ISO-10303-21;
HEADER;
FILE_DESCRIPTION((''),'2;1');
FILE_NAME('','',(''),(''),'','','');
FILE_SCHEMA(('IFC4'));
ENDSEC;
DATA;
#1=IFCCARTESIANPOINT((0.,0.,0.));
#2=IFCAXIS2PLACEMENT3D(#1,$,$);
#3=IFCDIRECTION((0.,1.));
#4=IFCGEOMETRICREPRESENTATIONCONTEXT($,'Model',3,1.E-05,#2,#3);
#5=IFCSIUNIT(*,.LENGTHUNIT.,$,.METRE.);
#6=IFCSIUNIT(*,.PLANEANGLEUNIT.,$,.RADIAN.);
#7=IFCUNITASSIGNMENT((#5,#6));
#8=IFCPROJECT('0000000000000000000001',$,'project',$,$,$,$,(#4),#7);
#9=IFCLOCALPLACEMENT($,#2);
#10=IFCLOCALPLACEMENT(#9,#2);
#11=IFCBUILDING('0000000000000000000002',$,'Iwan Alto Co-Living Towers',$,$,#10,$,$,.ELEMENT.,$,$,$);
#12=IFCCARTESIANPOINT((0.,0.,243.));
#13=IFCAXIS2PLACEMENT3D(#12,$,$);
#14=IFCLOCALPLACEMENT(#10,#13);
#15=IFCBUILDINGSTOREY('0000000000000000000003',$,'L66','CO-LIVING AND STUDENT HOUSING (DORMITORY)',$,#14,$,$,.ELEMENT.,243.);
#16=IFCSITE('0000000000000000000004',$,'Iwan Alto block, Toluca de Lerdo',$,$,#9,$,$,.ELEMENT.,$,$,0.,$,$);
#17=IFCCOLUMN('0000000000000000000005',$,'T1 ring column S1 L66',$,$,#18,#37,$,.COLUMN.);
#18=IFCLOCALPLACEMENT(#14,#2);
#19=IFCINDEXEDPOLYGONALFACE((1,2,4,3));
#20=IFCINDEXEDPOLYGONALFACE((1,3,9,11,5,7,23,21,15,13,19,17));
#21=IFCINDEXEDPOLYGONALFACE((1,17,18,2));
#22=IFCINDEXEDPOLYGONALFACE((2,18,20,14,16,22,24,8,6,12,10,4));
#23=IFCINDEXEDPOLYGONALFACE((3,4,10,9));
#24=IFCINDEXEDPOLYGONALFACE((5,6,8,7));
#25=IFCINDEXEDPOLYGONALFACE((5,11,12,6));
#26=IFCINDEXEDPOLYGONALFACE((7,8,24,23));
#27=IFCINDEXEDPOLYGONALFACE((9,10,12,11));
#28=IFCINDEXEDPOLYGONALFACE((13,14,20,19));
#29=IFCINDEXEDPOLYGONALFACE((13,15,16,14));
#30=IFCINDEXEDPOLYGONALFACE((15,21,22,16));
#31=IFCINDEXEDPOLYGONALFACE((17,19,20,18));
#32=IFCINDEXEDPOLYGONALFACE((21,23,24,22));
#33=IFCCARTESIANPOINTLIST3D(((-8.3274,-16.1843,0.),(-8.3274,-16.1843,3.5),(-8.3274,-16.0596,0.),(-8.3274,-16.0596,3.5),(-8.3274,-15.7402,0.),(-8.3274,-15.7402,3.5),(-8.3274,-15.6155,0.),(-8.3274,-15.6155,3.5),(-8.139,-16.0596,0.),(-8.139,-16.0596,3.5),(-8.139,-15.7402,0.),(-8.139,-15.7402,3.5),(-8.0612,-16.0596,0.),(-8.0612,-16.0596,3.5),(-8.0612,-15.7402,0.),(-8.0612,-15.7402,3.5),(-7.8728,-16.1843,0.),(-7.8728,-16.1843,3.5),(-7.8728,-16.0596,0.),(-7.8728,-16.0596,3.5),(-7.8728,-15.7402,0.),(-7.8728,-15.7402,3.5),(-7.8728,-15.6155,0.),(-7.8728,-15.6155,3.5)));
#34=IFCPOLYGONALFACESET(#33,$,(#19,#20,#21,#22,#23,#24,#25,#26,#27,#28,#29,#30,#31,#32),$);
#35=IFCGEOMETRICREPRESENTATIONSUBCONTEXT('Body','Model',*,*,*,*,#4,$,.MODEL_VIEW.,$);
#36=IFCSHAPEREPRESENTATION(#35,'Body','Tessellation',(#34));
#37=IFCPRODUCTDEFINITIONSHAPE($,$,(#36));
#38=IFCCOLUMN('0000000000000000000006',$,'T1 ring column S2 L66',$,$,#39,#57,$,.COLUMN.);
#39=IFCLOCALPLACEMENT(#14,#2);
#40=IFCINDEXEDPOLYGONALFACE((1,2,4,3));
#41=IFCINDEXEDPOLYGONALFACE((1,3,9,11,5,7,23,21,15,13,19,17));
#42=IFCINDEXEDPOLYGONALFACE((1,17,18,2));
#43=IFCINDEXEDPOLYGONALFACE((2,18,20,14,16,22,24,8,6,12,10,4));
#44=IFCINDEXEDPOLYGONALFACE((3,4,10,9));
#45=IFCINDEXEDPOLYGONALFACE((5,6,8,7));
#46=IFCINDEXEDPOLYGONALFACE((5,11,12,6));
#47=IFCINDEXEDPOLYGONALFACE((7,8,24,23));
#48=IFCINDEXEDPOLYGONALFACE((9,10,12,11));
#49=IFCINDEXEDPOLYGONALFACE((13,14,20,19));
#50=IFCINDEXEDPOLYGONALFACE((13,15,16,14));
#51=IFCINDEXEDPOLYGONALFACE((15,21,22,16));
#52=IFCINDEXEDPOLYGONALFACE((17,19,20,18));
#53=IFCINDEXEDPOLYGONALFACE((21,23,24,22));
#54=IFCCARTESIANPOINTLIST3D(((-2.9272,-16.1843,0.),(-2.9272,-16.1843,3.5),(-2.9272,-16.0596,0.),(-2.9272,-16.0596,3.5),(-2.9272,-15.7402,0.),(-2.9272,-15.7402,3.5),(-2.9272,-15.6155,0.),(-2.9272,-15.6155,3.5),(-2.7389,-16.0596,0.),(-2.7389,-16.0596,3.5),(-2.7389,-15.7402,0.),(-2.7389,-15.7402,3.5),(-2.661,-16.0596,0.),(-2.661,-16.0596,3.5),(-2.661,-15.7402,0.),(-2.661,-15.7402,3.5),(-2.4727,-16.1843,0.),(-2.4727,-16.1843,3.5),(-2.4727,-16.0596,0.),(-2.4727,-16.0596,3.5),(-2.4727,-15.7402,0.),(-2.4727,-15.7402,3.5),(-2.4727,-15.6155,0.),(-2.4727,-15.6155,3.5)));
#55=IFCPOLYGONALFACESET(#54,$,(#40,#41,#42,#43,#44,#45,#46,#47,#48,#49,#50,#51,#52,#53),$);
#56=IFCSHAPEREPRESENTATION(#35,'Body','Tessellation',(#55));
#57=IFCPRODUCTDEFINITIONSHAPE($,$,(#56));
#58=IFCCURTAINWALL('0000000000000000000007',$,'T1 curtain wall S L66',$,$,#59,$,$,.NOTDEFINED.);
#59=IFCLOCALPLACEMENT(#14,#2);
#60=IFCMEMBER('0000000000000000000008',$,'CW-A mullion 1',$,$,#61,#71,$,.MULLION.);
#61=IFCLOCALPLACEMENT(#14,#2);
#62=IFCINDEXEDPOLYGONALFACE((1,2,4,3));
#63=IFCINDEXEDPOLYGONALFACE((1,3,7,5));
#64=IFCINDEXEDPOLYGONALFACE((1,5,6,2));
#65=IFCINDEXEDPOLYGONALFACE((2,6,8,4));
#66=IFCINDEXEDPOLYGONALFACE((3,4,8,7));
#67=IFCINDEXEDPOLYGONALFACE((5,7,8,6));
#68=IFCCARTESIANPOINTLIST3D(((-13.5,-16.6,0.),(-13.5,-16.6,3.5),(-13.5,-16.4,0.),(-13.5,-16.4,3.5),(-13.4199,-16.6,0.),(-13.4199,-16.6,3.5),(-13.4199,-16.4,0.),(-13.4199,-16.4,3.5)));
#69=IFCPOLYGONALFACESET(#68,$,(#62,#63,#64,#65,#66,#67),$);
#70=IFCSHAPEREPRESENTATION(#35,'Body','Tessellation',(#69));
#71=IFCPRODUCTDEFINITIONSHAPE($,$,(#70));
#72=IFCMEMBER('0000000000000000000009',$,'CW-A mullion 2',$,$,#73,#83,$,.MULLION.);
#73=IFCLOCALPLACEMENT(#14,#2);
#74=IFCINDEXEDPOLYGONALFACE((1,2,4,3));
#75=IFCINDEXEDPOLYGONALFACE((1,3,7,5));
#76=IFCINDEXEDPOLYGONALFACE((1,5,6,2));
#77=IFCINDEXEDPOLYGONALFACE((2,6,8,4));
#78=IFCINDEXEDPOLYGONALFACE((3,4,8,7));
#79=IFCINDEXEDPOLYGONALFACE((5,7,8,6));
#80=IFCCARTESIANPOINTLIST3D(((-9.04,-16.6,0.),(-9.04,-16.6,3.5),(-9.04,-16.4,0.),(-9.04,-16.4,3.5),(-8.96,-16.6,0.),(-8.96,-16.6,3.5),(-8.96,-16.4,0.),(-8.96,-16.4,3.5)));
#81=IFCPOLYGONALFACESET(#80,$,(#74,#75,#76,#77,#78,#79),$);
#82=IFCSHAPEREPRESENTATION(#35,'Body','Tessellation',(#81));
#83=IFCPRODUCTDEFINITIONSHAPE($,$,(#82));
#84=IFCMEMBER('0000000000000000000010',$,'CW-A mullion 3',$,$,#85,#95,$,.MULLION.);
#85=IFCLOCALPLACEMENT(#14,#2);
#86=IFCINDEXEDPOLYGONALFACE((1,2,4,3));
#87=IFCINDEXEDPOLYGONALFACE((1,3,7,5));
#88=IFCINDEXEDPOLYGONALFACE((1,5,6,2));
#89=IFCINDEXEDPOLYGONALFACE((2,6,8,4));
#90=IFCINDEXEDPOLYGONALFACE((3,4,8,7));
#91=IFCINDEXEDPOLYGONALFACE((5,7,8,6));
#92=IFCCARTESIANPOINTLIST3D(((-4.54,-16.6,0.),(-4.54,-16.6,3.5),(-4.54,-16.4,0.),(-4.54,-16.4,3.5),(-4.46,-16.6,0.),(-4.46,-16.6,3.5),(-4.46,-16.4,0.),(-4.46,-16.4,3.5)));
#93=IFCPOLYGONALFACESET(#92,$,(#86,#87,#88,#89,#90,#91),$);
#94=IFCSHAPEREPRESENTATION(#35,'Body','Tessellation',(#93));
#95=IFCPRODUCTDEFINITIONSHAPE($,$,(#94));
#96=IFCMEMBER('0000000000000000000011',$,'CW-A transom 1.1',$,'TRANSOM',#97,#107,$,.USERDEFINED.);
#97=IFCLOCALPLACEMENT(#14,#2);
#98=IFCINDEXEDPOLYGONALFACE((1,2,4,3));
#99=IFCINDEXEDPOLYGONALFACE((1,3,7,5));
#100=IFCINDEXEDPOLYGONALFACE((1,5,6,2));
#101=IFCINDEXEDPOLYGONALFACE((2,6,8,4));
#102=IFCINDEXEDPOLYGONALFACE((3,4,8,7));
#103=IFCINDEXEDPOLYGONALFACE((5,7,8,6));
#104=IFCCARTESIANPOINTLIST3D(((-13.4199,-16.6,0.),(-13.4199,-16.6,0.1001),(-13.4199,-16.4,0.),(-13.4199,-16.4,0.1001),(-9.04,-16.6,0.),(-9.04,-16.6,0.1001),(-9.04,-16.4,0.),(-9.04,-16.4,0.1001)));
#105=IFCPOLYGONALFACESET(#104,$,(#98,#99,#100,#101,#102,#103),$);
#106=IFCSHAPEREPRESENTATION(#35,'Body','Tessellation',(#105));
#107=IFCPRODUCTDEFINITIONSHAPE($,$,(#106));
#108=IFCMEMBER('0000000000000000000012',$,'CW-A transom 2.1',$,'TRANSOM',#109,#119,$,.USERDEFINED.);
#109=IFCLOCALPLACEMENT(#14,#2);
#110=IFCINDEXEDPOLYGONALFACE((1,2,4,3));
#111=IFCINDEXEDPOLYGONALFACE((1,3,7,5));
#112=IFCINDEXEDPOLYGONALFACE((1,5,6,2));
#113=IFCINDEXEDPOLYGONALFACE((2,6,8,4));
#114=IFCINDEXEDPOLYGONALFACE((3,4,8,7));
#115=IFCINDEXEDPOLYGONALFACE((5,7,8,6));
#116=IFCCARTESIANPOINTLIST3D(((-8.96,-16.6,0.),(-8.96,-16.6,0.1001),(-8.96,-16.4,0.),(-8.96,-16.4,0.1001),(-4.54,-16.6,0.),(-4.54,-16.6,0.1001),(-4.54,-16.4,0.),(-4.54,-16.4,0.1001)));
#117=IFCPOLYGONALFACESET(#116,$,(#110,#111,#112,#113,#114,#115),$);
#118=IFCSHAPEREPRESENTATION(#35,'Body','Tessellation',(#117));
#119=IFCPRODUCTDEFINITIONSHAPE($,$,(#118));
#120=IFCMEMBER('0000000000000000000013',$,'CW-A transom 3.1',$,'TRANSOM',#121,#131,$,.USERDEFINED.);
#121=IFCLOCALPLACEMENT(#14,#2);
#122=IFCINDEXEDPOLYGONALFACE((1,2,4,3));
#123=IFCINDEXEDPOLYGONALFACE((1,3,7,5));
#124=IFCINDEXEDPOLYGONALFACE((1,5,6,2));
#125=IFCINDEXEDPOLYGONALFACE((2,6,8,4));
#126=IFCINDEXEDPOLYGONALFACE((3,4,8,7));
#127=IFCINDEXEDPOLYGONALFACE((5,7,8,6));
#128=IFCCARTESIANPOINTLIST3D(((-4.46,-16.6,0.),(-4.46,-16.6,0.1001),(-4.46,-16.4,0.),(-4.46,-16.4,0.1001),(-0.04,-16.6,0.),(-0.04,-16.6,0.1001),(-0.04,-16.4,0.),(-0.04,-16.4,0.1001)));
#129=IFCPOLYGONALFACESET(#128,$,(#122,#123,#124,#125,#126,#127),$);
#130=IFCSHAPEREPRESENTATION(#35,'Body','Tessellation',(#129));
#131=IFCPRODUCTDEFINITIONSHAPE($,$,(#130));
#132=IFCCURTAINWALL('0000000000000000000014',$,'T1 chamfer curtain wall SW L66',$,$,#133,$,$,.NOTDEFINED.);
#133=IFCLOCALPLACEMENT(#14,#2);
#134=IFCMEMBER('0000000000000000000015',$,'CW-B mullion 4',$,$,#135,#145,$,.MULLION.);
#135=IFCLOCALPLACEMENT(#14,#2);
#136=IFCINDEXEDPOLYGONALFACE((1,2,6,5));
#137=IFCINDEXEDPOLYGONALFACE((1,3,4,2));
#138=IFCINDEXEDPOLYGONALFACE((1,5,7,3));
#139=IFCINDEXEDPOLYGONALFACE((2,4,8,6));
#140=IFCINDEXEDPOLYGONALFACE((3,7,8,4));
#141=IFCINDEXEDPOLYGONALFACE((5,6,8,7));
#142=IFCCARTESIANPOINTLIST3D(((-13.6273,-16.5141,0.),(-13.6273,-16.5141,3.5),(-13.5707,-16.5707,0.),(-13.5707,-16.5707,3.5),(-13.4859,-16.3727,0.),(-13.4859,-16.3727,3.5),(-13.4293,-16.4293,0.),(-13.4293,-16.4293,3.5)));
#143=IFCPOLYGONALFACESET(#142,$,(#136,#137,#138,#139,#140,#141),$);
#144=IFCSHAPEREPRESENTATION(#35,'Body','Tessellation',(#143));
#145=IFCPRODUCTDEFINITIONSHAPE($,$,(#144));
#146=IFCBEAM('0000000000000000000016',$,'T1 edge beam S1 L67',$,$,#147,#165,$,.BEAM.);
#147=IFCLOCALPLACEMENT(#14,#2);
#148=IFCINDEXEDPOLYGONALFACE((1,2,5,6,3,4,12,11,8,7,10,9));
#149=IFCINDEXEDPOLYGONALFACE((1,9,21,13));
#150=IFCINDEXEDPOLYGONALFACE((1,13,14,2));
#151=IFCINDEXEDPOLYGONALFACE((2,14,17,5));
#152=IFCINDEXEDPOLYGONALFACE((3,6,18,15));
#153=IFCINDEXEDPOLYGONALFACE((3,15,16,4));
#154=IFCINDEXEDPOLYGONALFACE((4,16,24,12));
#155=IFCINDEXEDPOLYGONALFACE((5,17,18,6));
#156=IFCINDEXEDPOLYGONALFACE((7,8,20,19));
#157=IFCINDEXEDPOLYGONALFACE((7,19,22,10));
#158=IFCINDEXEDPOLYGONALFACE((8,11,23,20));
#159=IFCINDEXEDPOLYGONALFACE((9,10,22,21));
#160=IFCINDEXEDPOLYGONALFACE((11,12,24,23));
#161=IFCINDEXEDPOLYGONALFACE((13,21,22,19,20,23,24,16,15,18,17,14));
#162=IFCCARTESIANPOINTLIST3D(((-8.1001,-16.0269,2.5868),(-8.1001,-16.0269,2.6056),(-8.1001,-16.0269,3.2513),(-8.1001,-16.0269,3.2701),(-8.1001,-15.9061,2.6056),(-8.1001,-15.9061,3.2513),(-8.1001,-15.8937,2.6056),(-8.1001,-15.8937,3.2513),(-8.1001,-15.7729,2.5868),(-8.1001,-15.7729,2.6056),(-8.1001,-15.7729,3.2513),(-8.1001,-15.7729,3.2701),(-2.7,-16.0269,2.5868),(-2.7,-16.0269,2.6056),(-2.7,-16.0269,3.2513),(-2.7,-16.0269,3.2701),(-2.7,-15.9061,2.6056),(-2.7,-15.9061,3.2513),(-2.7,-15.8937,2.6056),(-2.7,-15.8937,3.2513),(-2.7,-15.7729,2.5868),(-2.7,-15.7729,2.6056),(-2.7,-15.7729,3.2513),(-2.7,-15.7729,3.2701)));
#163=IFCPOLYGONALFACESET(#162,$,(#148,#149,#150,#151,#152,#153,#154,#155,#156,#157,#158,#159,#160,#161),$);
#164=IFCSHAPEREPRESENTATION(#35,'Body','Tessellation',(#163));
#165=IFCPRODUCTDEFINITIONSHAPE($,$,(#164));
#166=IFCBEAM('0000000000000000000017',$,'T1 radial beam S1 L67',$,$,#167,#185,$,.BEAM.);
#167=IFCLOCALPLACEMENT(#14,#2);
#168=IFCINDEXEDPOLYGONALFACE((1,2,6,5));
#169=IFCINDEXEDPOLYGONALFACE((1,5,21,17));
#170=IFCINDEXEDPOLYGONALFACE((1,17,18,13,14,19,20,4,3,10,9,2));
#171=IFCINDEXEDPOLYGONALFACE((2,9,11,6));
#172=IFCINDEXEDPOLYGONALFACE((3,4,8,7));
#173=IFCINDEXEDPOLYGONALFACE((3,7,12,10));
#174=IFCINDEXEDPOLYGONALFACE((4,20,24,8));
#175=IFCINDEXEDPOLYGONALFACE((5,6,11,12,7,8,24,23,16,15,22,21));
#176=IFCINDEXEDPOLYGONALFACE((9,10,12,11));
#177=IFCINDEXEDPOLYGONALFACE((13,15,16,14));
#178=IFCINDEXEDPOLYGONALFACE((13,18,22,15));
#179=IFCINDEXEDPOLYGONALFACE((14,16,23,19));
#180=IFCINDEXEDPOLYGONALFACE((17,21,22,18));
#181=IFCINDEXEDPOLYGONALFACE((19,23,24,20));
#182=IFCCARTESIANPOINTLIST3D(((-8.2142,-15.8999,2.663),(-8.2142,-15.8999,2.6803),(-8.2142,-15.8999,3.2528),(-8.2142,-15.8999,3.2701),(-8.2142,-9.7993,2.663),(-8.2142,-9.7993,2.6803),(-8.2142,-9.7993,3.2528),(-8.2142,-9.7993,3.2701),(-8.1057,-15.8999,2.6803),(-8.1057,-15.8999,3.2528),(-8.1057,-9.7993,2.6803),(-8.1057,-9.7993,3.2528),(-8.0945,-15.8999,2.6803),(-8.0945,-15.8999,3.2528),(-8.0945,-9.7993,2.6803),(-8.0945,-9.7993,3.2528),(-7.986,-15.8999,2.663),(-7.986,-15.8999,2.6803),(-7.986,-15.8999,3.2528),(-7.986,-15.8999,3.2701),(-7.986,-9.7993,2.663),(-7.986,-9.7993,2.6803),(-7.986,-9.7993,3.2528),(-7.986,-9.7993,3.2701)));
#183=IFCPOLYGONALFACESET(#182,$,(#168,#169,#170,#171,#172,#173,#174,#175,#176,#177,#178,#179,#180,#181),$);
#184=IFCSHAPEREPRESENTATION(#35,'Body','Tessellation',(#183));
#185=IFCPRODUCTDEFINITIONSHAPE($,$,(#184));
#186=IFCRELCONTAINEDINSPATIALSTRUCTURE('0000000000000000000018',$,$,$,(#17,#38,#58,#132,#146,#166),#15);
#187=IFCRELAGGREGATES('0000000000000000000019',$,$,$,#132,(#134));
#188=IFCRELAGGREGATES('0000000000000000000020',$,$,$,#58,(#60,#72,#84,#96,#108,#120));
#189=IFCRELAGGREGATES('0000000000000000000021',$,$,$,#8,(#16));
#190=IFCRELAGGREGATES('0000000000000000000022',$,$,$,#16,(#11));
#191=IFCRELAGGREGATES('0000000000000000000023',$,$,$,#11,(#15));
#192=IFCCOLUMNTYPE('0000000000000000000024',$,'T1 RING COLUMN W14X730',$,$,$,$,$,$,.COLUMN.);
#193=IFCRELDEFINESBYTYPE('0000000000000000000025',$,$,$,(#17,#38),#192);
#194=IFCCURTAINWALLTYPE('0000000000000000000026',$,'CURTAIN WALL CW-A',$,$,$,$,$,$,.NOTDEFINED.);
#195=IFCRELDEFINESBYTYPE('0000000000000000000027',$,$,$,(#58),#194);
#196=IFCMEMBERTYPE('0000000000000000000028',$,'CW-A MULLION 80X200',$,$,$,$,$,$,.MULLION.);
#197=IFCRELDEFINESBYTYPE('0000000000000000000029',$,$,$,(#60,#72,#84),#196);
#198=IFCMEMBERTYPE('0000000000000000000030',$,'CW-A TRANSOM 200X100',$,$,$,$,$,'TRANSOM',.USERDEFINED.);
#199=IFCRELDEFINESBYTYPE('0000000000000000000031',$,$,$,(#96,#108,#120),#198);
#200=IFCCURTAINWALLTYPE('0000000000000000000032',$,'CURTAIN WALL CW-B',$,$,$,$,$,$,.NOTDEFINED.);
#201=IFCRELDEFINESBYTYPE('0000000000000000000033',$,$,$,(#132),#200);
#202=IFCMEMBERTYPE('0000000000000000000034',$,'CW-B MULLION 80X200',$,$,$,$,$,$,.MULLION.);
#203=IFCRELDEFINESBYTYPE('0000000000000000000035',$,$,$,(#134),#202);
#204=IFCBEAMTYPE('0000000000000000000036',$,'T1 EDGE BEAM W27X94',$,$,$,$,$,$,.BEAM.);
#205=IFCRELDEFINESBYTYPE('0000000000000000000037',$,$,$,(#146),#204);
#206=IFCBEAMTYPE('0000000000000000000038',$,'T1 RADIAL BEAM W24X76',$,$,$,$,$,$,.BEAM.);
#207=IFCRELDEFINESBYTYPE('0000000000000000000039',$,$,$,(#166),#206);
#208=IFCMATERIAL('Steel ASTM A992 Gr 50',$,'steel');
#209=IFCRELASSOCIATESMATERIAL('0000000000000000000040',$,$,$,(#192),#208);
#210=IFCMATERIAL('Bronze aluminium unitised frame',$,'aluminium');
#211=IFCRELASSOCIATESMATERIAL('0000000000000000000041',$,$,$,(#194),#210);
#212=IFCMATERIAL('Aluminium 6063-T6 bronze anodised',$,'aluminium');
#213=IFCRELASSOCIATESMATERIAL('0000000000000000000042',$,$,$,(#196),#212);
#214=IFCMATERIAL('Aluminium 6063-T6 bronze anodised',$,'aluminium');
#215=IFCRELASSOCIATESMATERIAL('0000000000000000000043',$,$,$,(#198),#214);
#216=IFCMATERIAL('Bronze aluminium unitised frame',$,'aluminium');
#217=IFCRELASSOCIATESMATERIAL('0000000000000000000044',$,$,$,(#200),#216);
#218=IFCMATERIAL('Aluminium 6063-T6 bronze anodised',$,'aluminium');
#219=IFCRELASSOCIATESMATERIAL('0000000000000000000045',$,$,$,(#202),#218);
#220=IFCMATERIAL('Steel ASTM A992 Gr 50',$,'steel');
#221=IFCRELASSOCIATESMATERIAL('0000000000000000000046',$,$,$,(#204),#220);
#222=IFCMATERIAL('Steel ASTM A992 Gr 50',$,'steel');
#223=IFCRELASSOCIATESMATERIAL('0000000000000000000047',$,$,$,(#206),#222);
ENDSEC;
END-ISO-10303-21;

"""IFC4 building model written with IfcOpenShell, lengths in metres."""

from ifc_helpers import new_model, si_unit, direction, frame, origin, origin_2d, place, context, subcontext, project, spatial, rectangle, i_section, extrude, material, material_profile, profile_set, type_object, element, aggregate, save


model = new_model("IFC4")

# Units and contexts
model_context = context("Model", 3, precision=1e-05, world=origin(), true_north=direction((0.0, 1.0)))
body_context = subcontext(model_context, "Body", "Model", "MODEL_VIEW")
ifc_project = project(units=[si_unit("LENGTHUNIT", "METRE"), si_unit("PLANEANGLEUNIT", "RADIAN")], contexts=[model_context])

# Site, building, storey
site_placement = place(None, origin())
site = spatial("IfcSite", under=ifc_project, at=site_placement, Name="Iwan Alto block, Toluca de Lerdo", CompositionType="ELEMENT", RefElevation=0.0)
building_placement = place(site_placement, origin())
building = spatial("IfcBuilding", under=site, at=building_placement, Name="Iwan Alto Co-Living Towers", CompositionType="ELEMENT")
storey_placement = place(building_placement, frame((0.0, 0.0, 243.0)))
storey = spatial("IfcBuildingStorey", under=building, at=storey_placement, Name="L66", Description="CO-LIVING AND STUDENT HOUSING (DORMITORY)", CompositionType="ELEMENT", Elevation=243.0)

# Columns
ifc_material_1 = material(Name="Steel ASTM A992 Gr 50", Category="steel")
ifc_material_profile_1 = material_profile(ifc_material_1, i_section(OverallWidth=0.4546, OverallDepth=0.5688, WebThickness=0.0779, FlangeThickness=0.1248, at=origin_2d()), Name="W14X730")
ifc_profile_set_1 = profile_set([ifc_material_profile_1], Name="Steel ASTM A992 Gr 50")
column_type = type_object("IfcColumnType", Name="T1 RING COLUMN W14X730", PredefinedType="COLUMN", material=ifc_profile_set_1)
for number, where, z_axis, x_axis, name in (
    (1, (-8.1001, -15.8999, 0.0), (0.0, 0.0, 1.0), (1.0, 0.0, 0.0), "T1 ring column S1 L66"),
    (2, (-2.7, -15.8999, 0.0), (0.0, 0.0, 1.0), (1.0, 0.0, 0.0), "T1 ring column S2 L66"),
):
    element("IfcColumn", number, at=place(storey_placement, frame(where, z_axis=z_axis, x_axis=x_axis)), inside=storey, type_object=column_type, Name=name, PredefinedType="COLUMN", context=body_context, shape_type="SweptSolid", body=[
        extrude(i_section(OverallWidth=0.4546, OverallDepth=0.5688, WebThickness=0.0779, FlangeThickness=0.1248, at=origin_2d()), origin(), (0.0, 0.0, 1.0), 3.5),
    ])

# Curtain wall, members
ifc_material_2 = material(Name="Bronze aluminium unitised frame", Category="aluminium")
curtain_wall_type_1 = type_object("IfcCurtainWallType", Name="CURTAIN WALL CW-A", PredefinedType="NOTDEFINED", material=ifc_material_2)
curtain_wall_1_placement = place(storey_placement, origin())
curtain_wall_1 = element("IfcCurtainWall", 3, at=curtain_wall_1_placement, inside=storey, type_object=curtain_wall_type_1, Name="T1 curtain wall S L66", PredefinedType="NOTDEFINED")
ifc_material_3 = material(Name="Aluminium 6063-T6 bronze anodised", Category="aluminium")
ifc_material_profile_2 = material_profile(ifc_material_3, rectangle(XDim=0.2, YDim=0.0801, at=origin_2d()), Name="AL 80X200")
ifc_profile_set_2 = profile_set([ifc_material_profile_2], Name="Aluminium 6063-T6 bronze anodised")
member_type_1 = type_object("IfcMemberType", Name="CW-A MULLION 80X200", PredefinedType="MULLION", material=ifc_profile_set_2)
member_1_placement = place(storey_placement, frame((-13.46, -16.5, 0.0), z_axis=(0.0, 0.0, 1.0), x_axis=(0.0, 1.0, 0.0)))
member_1 = element("IfcMember", 4, at=member_1_placement, type_object=member_type_1, Name="CW-A mullion 1", PredefinedType="MULLION", context=body_context, shape_type="SweptSolid", body=[
    extrude(rectangle(XDim=0.2, YDim=0.0801, at=origin_2d()), origin(), (0.0, 0.0, 1.0), 3.5),
])
member_2_placement = place(storey_placement, frame((-9.0, -16.5, 0.0), z_axis=(0.0, 0.0, 1.0), x_axis=(0.0, 1.0, 0.0)))
member_2 = element("IfcMember", 5, at=member_2_placement, type_object=member_type_1, Name="CW-A mullion 2", PredefinedType="MULLION", context=body_context, shape_type="SweptSolid", body=[
    extrude(rectangle(XDim=0.2, YDim=0.0801, at=origin_2d()), origin(), (0.0, 0.0, 1.0), 3.5),
])
member_3_placement = place(storey_placement, frame((-4.5, -16.5, 0.0), z_axis=(0.0, 0.0, 1.0), x_axis=(0.0, 1.0, 0.0)))
member_3 = element("IfcMember", 6, at=member_3_placement, type_object=member_type_1, Name="CW-A mullion 3", PredefinedType="MULLION", context=body_context, shape_type="SweptSolid", body=[
    extrude(rectangle(XDim=0.2, YDim=0.0801, at=origin_2d()), origin(), (0.0, 0.0, 1.0), 3.5),
])
ifc_material_4 = material(Name="Aluminium 6063-T6 bronze anodised", Category="aluminium")
ifc_material_profile_3 = material_profile(ifc_material_4, rectangle(XDim=0.2, YDim=0.1001, at=origin_2d()), Name="AL 200X100")
ifc_profile_set_3 = profile_set([ifc_material_profile_3], Name="Aluminium 6063-T6 bronze anodised")
member_type_2 = type_object("IfcMemberType", Name="CW-A TRANSOM 200X100", ElementType="TRANSOM", PredefinedType="USERDEFINED", material=ifc_profile_set_3)
member_4_placement = place(storey_placement, frame((-13.4199, -16.5, 0.05), z_axis=(1.0, 0.0, 0.0), x_axis=(0.0, 1.0, 0.0)))
member_4 = element("IfcMember", 7, at=member_4_placement, type_object=member_type_2, Name="CW-A transom 1.1", ObjectType="TRANSOM", PredefinedType="USERDEFINED", context=body_context, shape_type="SweptSolid", body=[
    extrude(rectangle(XDim=0.2, YDim=0.1001, at=origin_2d()), origin(), (0.0, 0.0, 1.0), 4.3799),
])
member_5_placement = place(storey_placement, frame((-8.96, -16.5, 0.05), z_axis=(1.0, 0.0, 0.0), x_axis=(0.0, 1.0, 0.0)))
member_5 = element("IfcMember", 8, at=member_5_placement, type_object=member_type_2, Name="CW-A transom 2.1", ObjectType="TRANSOM", PredefinedType="USERDEFINED", context=body_context, shape_type="SweptSolid", body=[
    extrude(rectangle(XDim=0.2, YDim=0.1001, at=origin_2d()), origin(), (0.0, 0.0, 1.0), 4.4199),
])
member_6_placement = place(storey_placement, frame((-4.46, -16.5, 0.05), z_axis=(1.0, 0.0, 0.0), x_axis=(0.0, 1.0, 0.0)))
member_6 = element("IfcMember", 9, at=member_6_placement, type_object=member_type_2, Name="CW-A transom 3.1", ObjectType="TRANSOM", PredefinedType="USERDEFINED", context=body_context, shape_type="SweptSolid", body=[
    extrude(rectangle(XDim=0.2, YDim=0.1001, at=origin_2d()), origin(), (0.0, 0.0, 1.0), 4.4199),
])

# Curtain wall, member
ifc_material_5 = material(Name="Bronze aluminium unitised frame", Category="aluminium")
curtain_wall_type_2 = type_object("IfcCurtainWallType", Name="CURTAIN WALL CW-B", PredefinedType="NOTDEFINED", material=ifc_material_5)
curtain_wall_2_placement = place(storey_placement, origin())
curtain_wall_2 = element("IfcCurtainWall", 10, at=curtain_wall_2_placement, inside=storey, type_object=curtain_wall_type_2, Name="T1 chamfer curtain wall SW L66", PredefinedType="NOTDEFINED")
ifc_material_6 = material(Name="Aluminium 6063-T6 bronze anodised", Category="aluminium")
ifc_material_profile_4 = material_profile(ifc_material_6, rectangle(XDim=0.2, YDim=0.0801, at=origin_2d()), Name="AL 80X200")
ifc_profile_set_4 = profile_set([ifc_material_profile_4], Name="Aluminium 6063-T6 bronze anodised")
member_type_3 = type_object("IfcMemberType", Name="CW-B MULLION 80X200", PredefinedType="MULLION", material=ifc_profile_set_4)
member_7_placement = place(storey_placement, frame((-13.5283, -16.4717, 0.0), z_axis=(0.0, 0.0, 1.0), x_axis=(0.707107, 0.707107, 0.0)))
member_7 = element("IfcMember", 11, at=member_7_placement, type_object=member_type_3, Name="CW-B mullion 4", PredefinedType="MULLION", context=body_context, shape_type="SweptSolid", body=[
    extrude(rectangle(XDim=0.2, YDim=0.0801, at=origin_2d()), origin(), (0.0, 0.0, 1.0), 3.5),
])
aggregate(curtain_wall_2, [member_7])

# Beams
ifc_material_7 = material(Name="Steel ASTM A992 Gr 50", Category="steel")
ifc_material_profile_5 = material_profile(ifc_material_7, i_section(OverallWidth=0.2539, OverallDepth=0.6833, WebThickness=0.0125, FlangeThickness=0.0188, at=origin_2d()), Name="W27X94")
ifc_profile_set_5 = profile_set([ifc_material_profile_5], Name="Steel ASTM A992 Gr 50")
beam_type_1 = type_object("IfcBeamType", Name="T1 EDGE BEAM W27X94", PredefinedType="BEAM", material=ifc_profile_set_5)
beam_1_placement = place(storey_placement, frame((-8.1001, -15.8999, 2.9285), z_axis=(1.0, 0.0, 0.0), x_axis=(0.0, 1.0, 0.0)))
element("IfcBeam", 12, at=beam_1_placement, inside=storey, type_object=beam_type_1, Name="T1 edge beam S1 L67", PredefinedType="BEAM", context=body_context, shape_type="SweptSolid", body=[
    extrude(i_section(OverallWidth=0.2539, OverallDepth=0.6833, WebThickness=0.0125, FlangeThickness=0.0188, at=origin_2d()), origin(), (0.0, 0.0, 1.0), 5.4001),
])
ifc_material_8 = material(Name="Steel ASTM A992 Gr 50", Category="steel")
ifc_material_profile_6 = material_profile(ifc_material_8, i_section(OverallWidth=0.2283, OverallDepth=0.6072, WebThickness=0.0112, FlangeThickness=0.0173, at=origin_2d()), Name="W24X76")
ifc_profile_set_6 = profile_set([ifc_material_profile_6], Name="Steel ASTM A992 Gr 50")
beam_type_2 = type_object("IfcBeamType", Name="T1 RADIAL BEAM W24X76", PredefinedType="BEAM", material=ifc_profile_set_6)
beam_2_placement = place(storey_placement, frame((-8.1001, -15.8999, 2.9666), z_axis=(0.0, 1.0, 0.0), x_axis=(-1.0, 0.0, 0.0)))
element("IfcBeam", 13, at=beam_2_placement, inside=storey, type_object=beam_type_2, Name="T1 radial beam S1 L67", PredefinedType="BEAM", context=body_context, shape_type="SweptSolid", body=[
    extrude(i_section(OverallWidth=0.2283, OverallDepth=0.6072, WebThickness=0.0112, FlangeThickness=0.0173, at=origin_2d()), origin(), (0.0, 0.0, 1.0), 6.1006),
])

aggregate(curtain_wall_1, [member_1, member_2, member_3, member_4, member_5, member_6])

save(model, "model.ifc")
